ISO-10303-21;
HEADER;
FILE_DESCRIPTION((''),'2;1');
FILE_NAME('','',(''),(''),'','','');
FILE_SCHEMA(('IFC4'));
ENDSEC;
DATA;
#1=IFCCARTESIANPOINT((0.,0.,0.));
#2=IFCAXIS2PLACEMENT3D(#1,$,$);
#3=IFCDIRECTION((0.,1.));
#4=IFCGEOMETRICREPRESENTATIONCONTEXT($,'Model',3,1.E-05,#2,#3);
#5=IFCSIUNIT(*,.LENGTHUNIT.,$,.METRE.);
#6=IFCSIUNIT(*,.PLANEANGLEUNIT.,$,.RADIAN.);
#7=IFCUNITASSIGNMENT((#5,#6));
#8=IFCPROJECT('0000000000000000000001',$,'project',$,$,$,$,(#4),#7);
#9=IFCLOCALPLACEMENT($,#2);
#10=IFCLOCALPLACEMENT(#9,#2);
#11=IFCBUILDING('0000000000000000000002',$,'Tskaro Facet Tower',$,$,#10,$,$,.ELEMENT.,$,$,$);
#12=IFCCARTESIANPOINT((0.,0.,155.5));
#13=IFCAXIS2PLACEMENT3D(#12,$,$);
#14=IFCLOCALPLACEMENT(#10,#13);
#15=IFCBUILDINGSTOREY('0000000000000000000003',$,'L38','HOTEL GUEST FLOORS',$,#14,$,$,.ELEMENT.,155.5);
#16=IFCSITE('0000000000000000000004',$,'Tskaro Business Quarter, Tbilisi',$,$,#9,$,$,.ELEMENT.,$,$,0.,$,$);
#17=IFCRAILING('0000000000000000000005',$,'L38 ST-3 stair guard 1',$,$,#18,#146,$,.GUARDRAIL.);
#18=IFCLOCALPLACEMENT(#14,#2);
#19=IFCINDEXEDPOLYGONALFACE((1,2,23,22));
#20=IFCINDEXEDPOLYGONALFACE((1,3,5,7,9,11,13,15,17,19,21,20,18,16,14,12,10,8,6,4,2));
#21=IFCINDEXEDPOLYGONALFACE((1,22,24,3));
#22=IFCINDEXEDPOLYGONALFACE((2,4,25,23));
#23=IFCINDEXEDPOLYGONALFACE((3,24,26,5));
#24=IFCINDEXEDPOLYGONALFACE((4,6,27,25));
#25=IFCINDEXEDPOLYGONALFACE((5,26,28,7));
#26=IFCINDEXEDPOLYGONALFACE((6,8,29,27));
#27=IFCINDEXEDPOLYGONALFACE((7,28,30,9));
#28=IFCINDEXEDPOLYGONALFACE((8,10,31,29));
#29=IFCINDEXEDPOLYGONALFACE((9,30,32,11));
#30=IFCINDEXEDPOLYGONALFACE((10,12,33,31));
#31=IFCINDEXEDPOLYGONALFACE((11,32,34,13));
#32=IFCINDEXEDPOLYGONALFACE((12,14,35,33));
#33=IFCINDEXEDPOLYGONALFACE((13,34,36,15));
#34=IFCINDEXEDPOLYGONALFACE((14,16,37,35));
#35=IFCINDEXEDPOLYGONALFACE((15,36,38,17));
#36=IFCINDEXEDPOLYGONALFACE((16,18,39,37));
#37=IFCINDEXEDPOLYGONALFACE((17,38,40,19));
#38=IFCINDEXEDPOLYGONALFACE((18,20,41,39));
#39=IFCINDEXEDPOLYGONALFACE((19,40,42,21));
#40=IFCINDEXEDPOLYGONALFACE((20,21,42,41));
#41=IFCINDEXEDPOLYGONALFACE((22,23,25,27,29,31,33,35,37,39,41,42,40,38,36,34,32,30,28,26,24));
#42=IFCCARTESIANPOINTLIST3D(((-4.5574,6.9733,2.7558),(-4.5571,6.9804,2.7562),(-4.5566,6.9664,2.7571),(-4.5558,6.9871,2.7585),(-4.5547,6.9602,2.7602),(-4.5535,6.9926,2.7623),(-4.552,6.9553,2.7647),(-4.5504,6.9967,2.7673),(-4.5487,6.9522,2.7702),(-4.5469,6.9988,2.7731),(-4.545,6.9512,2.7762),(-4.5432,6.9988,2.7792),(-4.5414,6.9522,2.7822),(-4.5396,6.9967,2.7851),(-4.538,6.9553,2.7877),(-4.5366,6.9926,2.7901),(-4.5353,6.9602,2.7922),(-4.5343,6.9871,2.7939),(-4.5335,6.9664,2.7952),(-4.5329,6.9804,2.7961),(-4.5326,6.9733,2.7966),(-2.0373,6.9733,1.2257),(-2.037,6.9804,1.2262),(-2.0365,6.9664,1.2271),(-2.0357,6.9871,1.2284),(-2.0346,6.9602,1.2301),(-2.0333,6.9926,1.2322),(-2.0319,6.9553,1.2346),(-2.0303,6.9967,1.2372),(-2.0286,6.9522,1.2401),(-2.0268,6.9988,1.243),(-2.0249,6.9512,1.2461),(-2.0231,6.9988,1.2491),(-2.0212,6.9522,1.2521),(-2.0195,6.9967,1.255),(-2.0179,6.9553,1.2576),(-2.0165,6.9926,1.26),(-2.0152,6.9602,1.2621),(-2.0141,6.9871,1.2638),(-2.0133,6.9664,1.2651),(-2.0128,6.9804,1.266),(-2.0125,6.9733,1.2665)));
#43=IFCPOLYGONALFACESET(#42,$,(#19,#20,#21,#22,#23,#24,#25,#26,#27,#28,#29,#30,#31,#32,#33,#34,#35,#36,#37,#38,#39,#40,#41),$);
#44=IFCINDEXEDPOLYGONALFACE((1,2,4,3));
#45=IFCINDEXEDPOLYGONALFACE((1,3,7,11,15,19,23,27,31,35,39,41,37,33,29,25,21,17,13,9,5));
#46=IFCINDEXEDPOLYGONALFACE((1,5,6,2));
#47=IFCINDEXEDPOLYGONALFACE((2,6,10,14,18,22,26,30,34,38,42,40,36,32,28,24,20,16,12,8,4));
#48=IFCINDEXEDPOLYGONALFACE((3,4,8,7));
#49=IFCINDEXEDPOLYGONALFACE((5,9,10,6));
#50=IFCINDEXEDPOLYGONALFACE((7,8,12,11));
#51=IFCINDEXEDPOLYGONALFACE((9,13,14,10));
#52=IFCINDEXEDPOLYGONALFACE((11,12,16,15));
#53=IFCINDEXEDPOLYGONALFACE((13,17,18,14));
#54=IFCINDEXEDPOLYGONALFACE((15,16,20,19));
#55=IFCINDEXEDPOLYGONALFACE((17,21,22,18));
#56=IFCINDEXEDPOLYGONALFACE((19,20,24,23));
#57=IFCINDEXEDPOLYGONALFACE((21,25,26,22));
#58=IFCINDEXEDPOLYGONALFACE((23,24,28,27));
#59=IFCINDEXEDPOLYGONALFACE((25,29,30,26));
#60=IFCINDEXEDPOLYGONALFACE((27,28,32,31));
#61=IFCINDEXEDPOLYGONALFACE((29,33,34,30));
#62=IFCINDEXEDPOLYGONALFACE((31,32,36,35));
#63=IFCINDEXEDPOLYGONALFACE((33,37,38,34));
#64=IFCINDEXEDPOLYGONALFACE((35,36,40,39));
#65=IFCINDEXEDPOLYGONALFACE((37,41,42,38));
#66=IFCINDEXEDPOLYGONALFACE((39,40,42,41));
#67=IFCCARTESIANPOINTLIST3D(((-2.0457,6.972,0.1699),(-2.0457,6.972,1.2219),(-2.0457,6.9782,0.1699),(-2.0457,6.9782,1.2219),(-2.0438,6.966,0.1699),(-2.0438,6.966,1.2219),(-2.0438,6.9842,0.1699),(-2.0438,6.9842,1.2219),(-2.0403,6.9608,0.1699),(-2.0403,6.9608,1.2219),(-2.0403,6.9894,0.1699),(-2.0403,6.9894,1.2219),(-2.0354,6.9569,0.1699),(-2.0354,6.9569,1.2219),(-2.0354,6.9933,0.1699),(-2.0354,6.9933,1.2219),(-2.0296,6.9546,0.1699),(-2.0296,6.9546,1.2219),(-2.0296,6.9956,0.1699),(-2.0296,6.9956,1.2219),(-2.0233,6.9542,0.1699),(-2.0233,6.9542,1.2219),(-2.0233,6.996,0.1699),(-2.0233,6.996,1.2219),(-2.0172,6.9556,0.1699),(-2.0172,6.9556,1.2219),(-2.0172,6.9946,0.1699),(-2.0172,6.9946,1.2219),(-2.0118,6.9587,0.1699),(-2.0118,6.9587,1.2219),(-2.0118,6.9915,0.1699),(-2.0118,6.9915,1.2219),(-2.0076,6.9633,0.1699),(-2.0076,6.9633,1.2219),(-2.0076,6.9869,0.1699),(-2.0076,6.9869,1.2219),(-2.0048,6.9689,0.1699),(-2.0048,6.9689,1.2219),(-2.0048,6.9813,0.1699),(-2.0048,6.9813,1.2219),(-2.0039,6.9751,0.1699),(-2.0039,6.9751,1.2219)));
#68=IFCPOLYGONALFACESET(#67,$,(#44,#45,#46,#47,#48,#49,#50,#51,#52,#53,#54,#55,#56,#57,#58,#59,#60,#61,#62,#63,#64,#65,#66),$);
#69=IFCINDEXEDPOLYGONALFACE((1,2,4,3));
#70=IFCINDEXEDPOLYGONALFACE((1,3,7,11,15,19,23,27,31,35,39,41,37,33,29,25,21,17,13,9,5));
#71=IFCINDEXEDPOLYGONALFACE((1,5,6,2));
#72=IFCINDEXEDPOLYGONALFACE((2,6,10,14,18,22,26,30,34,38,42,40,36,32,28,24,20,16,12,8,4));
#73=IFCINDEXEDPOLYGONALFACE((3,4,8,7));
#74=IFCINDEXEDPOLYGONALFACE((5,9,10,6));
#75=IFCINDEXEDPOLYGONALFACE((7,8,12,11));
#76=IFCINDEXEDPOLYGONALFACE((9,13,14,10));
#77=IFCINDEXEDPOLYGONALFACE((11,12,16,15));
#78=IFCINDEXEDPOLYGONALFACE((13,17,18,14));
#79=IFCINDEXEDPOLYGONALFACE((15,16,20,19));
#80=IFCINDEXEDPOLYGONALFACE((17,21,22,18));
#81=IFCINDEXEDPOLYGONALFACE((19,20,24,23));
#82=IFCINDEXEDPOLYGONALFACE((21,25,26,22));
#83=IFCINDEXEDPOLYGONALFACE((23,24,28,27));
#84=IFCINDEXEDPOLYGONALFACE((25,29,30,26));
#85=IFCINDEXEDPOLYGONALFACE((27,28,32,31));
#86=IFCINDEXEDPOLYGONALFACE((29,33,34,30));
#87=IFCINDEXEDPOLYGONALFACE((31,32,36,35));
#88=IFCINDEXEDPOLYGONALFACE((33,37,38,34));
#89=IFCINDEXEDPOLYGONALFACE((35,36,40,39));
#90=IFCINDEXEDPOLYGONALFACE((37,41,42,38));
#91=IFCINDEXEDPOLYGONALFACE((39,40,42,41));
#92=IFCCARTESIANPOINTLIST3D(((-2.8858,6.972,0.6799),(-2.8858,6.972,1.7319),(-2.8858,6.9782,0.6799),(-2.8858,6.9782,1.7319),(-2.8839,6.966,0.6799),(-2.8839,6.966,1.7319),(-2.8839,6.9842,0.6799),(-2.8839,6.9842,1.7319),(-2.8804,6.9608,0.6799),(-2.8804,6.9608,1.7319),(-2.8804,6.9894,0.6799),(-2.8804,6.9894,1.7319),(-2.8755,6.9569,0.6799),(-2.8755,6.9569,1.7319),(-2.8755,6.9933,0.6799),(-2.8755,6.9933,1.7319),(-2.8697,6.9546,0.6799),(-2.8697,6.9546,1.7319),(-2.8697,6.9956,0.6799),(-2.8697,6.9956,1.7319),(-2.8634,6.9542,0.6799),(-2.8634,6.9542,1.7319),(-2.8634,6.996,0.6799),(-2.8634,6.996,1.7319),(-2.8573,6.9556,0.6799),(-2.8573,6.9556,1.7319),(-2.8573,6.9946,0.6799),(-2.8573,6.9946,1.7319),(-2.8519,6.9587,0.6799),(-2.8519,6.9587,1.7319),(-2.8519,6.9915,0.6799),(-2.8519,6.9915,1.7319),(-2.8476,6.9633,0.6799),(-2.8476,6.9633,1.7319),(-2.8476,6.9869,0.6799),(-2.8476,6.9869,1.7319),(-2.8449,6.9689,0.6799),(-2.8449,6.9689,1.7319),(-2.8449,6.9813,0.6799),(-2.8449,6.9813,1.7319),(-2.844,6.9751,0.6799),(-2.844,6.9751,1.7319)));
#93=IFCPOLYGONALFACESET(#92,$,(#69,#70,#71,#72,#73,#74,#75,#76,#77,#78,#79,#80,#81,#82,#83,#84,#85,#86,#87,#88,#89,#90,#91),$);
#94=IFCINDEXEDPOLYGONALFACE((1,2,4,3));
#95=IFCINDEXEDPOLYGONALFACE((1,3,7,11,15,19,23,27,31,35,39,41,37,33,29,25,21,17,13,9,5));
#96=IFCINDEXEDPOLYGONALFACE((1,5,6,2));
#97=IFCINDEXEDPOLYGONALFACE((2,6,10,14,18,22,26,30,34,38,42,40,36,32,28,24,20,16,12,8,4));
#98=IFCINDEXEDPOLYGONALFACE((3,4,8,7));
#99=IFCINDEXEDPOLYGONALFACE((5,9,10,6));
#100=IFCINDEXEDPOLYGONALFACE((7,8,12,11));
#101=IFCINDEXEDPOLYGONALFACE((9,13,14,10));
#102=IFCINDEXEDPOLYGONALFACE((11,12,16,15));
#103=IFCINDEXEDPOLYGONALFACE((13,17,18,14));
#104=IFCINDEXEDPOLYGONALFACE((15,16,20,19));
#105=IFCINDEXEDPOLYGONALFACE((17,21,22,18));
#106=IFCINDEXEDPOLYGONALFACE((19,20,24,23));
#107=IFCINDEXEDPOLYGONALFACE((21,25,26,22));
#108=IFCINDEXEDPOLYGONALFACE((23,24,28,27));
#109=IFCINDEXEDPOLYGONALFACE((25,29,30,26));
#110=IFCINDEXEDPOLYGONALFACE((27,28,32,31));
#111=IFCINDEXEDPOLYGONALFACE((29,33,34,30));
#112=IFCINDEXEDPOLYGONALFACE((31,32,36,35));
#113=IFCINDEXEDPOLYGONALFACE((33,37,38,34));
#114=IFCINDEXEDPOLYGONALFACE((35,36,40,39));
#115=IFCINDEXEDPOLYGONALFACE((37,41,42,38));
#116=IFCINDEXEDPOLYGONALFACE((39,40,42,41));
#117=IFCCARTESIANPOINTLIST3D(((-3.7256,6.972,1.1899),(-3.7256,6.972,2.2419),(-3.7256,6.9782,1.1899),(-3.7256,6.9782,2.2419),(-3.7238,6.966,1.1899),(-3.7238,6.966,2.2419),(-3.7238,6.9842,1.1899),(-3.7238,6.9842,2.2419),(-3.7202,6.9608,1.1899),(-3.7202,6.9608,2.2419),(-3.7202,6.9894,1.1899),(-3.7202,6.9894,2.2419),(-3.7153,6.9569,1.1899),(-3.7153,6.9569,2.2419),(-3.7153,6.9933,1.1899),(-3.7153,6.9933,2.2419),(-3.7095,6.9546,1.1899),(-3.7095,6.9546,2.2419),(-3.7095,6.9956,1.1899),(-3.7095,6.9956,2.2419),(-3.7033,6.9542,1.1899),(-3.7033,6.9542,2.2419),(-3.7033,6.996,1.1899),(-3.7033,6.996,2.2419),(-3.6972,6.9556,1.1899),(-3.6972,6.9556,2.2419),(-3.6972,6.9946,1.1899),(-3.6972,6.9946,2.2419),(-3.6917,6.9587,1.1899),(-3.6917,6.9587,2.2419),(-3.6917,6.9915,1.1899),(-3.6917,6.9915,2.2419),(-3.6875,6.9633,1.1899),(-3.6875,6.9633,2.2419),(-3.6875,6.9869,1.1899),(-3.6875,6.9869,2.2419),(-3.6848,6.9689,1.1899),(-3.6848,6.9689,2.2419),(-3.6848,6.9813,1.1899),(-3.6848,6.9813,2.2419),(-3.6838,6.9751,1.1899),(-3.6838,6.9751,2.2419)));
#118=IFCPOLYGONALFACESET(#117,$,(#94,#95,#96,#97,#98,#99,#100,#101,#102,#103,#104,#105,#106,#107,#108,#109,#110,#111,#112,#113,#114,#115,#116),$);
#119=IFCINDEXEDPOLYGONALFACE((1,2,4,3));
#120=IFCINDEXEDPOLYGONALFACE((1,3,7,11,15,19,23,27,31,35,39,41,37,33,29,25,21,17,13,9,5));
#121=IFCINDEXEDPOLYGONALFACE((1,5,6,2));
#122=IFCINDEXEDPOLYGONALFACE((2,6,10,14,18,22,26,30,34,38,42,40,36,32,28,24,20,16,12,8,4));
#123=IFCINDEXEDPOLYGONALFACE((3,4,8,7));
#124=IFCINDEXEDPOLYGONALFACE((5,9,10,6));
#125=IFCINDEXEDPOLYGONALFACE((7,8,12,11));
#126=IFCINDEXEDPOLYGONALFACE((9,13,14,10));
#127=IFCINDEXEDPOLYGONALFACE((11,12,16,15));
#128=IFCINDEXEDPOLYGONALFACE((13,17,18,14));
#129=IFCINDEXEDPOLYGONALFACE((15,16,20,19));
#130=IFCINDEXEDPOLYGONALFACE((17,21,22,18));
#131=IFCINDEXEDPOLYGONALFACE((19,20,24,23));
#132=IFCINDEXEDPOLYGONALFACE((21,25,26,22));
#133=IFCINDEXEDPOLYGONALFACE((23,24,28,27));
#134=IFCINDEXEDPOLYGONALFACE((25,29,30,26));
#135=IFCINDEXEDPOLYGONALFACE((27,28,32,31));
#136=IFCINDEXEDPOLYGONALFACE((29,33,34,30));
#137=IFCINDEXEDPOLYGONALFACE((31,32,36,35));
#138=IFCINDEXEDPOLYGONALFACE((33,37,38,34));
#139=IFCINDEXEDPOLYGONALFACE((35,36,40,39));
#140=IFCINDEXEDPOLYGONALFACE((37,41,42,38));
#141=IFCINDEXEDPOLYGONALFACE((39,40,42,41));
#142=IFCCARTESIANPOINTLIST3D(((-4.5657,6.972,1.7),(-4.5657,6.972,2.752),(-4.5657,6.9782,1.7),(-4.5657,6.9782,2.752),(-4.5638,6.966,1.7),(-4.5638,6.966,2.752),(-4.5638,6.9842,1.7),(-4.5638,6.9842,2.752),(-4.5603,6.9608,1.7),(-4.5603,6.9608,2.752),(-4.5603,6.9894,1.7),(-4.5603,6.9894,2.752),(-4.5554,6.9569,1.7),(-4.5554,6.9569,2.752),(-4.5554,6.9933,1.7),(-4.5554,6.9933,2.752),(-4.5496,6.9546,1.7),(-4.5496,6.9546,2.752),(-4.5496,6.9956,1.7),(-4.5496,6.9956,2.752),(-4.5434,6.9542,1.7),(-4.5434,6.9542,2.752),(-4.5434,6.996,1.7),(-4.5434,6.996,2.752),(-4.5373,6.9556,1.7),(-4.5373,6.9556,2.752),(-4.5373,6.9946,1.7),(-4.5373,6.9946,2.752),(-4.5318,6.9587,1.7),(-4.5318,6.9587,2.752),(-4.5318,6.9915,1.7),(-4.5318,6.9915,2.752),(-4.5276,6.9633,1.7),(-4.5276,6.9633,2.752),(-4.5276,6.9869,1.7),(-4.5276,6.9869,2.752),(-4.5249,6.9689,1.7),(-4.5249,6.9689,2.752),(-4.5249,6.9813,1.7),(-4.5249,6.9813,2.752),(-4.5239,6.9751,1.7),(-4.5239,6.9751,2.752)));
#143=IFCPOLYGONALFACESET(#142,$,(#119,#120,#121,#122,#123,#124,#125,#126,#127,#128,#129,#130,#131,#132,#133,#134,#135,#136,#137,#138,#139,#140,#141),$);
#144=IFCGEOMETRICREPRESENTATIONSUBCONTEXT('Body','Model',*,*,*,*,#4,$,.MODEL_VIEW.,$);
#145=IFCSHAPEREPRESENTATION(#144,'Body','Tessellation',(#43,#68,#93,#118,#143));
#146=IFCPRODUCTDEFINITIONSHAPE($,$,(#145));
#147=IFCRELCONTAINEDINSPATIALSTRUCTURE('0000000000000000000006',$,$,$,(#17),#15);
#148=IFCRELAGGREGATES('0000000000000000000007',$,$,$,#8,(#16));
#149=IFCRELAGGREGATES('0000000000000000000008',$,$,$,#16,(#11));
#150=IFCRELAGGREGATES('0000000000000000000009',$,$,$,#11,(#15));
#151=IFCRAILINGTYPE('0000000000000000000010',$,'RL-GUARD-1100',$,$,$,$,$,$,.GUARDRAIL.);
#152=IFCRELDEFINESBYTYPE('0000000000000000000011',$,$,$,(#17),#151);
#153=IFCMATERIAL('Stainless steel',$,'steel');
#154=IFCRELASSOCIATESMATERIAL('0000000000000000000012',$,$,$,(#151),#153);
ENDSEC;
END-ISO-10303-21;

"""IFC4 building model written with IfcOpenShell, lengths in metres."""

from ifc_helpers import new_model, si_unit, direction, frame, origin, origin_2d, place, context, subcontext, project, spatial, circle, extrude, material, type_object, element, save


model = new_model("IFC4")

# Units and contexts
model_context = context("Model", 3, precision=1e-05, world=origin(), true_north=direction((0.0, 1.0)))
body_context = subcontext(model_context, "Body", "Model", "MODEL_VIEW")
ifc_project = project(units=[si_unit("LENGTHUNIT", "METRE"), si_unit("PLANEANGLEUNIT", "RADIAN")], contexts=[model_context])

# Site, building, storey
site_placement = place(None, origin())
site = spatial("IfcSite", under=ifc_project, at=site_placement, Name="Tskaro Business Quarter, Tbilisi", CompositionType="ELEMENT", RefElevation=0.0)
building_placement = place(site_placement, origin())
building = spatial("IfcBuilding", under=site, at=building_placement, Name="Tskaro Facet Tower", CompositionType="ELEMENT")
storey_placement = place(building_placement, frame((0.0, 0.0, 155.5)))
storey = spatial("IfcBuildingStorey", under=building, at=storey_placement, Name="L38", Description="HOTEL GUEST FLOORS", CompositionType="ELEMENT", Elevation=155.5)

# Railing
ifc_material_1 = material(Name="Stainless steel", Category="steel")
railing_type_1 = type_object("IfcRailingType", Name="RL-GUARD-1100", PredefinedType="GUARDRAIL", material=ifc_material_1)
railing_1_placement = place(storey_placement, frame((-2.0249, 6.9751, 0.1699)))
element("IfcRailing", 1, at=railing_1_placement, inside=storey, type_object=railing_type_1, Name="L38 ST-3 stair guard 1", PredefinedType="GUARDRAIL", context=body_context, shape_type="SweptSolid", body=[
    extrude(circle(Radius=0.0239, at=origin_2d()), frame((0.0, 0.0, 1.0762), z_axis=(-0.854785, 0.0, 0.518982), x_axis=(0.0, -1.0, 0.0)), (0.0, 0.0, 1.0), 2.9482),
    extrude(circle(Radius=0.021, at=origin_2d()), origin(), (0.0, 0.0, 1.0), 1.052),
    extrude(circle(Radius=0.021, at=origin_2d()), frame((-0.8401, 0.0, 0.51)), (0.0, 0.0, 1.0), 1.052),
    extrude(circle(Radius=0.021, at=origin_2d()), frame((-1.6799, 0.0, 1.02)), (0.0, 0.0, 1.0), 1.052),
    extrude(circle(Radius=0.021, at=origin_2d()), frame((-2.52, 0.0, 1.53)), (0.0, 0.0, 1.0), 1.052),
])

save(model, "model.ifc")
